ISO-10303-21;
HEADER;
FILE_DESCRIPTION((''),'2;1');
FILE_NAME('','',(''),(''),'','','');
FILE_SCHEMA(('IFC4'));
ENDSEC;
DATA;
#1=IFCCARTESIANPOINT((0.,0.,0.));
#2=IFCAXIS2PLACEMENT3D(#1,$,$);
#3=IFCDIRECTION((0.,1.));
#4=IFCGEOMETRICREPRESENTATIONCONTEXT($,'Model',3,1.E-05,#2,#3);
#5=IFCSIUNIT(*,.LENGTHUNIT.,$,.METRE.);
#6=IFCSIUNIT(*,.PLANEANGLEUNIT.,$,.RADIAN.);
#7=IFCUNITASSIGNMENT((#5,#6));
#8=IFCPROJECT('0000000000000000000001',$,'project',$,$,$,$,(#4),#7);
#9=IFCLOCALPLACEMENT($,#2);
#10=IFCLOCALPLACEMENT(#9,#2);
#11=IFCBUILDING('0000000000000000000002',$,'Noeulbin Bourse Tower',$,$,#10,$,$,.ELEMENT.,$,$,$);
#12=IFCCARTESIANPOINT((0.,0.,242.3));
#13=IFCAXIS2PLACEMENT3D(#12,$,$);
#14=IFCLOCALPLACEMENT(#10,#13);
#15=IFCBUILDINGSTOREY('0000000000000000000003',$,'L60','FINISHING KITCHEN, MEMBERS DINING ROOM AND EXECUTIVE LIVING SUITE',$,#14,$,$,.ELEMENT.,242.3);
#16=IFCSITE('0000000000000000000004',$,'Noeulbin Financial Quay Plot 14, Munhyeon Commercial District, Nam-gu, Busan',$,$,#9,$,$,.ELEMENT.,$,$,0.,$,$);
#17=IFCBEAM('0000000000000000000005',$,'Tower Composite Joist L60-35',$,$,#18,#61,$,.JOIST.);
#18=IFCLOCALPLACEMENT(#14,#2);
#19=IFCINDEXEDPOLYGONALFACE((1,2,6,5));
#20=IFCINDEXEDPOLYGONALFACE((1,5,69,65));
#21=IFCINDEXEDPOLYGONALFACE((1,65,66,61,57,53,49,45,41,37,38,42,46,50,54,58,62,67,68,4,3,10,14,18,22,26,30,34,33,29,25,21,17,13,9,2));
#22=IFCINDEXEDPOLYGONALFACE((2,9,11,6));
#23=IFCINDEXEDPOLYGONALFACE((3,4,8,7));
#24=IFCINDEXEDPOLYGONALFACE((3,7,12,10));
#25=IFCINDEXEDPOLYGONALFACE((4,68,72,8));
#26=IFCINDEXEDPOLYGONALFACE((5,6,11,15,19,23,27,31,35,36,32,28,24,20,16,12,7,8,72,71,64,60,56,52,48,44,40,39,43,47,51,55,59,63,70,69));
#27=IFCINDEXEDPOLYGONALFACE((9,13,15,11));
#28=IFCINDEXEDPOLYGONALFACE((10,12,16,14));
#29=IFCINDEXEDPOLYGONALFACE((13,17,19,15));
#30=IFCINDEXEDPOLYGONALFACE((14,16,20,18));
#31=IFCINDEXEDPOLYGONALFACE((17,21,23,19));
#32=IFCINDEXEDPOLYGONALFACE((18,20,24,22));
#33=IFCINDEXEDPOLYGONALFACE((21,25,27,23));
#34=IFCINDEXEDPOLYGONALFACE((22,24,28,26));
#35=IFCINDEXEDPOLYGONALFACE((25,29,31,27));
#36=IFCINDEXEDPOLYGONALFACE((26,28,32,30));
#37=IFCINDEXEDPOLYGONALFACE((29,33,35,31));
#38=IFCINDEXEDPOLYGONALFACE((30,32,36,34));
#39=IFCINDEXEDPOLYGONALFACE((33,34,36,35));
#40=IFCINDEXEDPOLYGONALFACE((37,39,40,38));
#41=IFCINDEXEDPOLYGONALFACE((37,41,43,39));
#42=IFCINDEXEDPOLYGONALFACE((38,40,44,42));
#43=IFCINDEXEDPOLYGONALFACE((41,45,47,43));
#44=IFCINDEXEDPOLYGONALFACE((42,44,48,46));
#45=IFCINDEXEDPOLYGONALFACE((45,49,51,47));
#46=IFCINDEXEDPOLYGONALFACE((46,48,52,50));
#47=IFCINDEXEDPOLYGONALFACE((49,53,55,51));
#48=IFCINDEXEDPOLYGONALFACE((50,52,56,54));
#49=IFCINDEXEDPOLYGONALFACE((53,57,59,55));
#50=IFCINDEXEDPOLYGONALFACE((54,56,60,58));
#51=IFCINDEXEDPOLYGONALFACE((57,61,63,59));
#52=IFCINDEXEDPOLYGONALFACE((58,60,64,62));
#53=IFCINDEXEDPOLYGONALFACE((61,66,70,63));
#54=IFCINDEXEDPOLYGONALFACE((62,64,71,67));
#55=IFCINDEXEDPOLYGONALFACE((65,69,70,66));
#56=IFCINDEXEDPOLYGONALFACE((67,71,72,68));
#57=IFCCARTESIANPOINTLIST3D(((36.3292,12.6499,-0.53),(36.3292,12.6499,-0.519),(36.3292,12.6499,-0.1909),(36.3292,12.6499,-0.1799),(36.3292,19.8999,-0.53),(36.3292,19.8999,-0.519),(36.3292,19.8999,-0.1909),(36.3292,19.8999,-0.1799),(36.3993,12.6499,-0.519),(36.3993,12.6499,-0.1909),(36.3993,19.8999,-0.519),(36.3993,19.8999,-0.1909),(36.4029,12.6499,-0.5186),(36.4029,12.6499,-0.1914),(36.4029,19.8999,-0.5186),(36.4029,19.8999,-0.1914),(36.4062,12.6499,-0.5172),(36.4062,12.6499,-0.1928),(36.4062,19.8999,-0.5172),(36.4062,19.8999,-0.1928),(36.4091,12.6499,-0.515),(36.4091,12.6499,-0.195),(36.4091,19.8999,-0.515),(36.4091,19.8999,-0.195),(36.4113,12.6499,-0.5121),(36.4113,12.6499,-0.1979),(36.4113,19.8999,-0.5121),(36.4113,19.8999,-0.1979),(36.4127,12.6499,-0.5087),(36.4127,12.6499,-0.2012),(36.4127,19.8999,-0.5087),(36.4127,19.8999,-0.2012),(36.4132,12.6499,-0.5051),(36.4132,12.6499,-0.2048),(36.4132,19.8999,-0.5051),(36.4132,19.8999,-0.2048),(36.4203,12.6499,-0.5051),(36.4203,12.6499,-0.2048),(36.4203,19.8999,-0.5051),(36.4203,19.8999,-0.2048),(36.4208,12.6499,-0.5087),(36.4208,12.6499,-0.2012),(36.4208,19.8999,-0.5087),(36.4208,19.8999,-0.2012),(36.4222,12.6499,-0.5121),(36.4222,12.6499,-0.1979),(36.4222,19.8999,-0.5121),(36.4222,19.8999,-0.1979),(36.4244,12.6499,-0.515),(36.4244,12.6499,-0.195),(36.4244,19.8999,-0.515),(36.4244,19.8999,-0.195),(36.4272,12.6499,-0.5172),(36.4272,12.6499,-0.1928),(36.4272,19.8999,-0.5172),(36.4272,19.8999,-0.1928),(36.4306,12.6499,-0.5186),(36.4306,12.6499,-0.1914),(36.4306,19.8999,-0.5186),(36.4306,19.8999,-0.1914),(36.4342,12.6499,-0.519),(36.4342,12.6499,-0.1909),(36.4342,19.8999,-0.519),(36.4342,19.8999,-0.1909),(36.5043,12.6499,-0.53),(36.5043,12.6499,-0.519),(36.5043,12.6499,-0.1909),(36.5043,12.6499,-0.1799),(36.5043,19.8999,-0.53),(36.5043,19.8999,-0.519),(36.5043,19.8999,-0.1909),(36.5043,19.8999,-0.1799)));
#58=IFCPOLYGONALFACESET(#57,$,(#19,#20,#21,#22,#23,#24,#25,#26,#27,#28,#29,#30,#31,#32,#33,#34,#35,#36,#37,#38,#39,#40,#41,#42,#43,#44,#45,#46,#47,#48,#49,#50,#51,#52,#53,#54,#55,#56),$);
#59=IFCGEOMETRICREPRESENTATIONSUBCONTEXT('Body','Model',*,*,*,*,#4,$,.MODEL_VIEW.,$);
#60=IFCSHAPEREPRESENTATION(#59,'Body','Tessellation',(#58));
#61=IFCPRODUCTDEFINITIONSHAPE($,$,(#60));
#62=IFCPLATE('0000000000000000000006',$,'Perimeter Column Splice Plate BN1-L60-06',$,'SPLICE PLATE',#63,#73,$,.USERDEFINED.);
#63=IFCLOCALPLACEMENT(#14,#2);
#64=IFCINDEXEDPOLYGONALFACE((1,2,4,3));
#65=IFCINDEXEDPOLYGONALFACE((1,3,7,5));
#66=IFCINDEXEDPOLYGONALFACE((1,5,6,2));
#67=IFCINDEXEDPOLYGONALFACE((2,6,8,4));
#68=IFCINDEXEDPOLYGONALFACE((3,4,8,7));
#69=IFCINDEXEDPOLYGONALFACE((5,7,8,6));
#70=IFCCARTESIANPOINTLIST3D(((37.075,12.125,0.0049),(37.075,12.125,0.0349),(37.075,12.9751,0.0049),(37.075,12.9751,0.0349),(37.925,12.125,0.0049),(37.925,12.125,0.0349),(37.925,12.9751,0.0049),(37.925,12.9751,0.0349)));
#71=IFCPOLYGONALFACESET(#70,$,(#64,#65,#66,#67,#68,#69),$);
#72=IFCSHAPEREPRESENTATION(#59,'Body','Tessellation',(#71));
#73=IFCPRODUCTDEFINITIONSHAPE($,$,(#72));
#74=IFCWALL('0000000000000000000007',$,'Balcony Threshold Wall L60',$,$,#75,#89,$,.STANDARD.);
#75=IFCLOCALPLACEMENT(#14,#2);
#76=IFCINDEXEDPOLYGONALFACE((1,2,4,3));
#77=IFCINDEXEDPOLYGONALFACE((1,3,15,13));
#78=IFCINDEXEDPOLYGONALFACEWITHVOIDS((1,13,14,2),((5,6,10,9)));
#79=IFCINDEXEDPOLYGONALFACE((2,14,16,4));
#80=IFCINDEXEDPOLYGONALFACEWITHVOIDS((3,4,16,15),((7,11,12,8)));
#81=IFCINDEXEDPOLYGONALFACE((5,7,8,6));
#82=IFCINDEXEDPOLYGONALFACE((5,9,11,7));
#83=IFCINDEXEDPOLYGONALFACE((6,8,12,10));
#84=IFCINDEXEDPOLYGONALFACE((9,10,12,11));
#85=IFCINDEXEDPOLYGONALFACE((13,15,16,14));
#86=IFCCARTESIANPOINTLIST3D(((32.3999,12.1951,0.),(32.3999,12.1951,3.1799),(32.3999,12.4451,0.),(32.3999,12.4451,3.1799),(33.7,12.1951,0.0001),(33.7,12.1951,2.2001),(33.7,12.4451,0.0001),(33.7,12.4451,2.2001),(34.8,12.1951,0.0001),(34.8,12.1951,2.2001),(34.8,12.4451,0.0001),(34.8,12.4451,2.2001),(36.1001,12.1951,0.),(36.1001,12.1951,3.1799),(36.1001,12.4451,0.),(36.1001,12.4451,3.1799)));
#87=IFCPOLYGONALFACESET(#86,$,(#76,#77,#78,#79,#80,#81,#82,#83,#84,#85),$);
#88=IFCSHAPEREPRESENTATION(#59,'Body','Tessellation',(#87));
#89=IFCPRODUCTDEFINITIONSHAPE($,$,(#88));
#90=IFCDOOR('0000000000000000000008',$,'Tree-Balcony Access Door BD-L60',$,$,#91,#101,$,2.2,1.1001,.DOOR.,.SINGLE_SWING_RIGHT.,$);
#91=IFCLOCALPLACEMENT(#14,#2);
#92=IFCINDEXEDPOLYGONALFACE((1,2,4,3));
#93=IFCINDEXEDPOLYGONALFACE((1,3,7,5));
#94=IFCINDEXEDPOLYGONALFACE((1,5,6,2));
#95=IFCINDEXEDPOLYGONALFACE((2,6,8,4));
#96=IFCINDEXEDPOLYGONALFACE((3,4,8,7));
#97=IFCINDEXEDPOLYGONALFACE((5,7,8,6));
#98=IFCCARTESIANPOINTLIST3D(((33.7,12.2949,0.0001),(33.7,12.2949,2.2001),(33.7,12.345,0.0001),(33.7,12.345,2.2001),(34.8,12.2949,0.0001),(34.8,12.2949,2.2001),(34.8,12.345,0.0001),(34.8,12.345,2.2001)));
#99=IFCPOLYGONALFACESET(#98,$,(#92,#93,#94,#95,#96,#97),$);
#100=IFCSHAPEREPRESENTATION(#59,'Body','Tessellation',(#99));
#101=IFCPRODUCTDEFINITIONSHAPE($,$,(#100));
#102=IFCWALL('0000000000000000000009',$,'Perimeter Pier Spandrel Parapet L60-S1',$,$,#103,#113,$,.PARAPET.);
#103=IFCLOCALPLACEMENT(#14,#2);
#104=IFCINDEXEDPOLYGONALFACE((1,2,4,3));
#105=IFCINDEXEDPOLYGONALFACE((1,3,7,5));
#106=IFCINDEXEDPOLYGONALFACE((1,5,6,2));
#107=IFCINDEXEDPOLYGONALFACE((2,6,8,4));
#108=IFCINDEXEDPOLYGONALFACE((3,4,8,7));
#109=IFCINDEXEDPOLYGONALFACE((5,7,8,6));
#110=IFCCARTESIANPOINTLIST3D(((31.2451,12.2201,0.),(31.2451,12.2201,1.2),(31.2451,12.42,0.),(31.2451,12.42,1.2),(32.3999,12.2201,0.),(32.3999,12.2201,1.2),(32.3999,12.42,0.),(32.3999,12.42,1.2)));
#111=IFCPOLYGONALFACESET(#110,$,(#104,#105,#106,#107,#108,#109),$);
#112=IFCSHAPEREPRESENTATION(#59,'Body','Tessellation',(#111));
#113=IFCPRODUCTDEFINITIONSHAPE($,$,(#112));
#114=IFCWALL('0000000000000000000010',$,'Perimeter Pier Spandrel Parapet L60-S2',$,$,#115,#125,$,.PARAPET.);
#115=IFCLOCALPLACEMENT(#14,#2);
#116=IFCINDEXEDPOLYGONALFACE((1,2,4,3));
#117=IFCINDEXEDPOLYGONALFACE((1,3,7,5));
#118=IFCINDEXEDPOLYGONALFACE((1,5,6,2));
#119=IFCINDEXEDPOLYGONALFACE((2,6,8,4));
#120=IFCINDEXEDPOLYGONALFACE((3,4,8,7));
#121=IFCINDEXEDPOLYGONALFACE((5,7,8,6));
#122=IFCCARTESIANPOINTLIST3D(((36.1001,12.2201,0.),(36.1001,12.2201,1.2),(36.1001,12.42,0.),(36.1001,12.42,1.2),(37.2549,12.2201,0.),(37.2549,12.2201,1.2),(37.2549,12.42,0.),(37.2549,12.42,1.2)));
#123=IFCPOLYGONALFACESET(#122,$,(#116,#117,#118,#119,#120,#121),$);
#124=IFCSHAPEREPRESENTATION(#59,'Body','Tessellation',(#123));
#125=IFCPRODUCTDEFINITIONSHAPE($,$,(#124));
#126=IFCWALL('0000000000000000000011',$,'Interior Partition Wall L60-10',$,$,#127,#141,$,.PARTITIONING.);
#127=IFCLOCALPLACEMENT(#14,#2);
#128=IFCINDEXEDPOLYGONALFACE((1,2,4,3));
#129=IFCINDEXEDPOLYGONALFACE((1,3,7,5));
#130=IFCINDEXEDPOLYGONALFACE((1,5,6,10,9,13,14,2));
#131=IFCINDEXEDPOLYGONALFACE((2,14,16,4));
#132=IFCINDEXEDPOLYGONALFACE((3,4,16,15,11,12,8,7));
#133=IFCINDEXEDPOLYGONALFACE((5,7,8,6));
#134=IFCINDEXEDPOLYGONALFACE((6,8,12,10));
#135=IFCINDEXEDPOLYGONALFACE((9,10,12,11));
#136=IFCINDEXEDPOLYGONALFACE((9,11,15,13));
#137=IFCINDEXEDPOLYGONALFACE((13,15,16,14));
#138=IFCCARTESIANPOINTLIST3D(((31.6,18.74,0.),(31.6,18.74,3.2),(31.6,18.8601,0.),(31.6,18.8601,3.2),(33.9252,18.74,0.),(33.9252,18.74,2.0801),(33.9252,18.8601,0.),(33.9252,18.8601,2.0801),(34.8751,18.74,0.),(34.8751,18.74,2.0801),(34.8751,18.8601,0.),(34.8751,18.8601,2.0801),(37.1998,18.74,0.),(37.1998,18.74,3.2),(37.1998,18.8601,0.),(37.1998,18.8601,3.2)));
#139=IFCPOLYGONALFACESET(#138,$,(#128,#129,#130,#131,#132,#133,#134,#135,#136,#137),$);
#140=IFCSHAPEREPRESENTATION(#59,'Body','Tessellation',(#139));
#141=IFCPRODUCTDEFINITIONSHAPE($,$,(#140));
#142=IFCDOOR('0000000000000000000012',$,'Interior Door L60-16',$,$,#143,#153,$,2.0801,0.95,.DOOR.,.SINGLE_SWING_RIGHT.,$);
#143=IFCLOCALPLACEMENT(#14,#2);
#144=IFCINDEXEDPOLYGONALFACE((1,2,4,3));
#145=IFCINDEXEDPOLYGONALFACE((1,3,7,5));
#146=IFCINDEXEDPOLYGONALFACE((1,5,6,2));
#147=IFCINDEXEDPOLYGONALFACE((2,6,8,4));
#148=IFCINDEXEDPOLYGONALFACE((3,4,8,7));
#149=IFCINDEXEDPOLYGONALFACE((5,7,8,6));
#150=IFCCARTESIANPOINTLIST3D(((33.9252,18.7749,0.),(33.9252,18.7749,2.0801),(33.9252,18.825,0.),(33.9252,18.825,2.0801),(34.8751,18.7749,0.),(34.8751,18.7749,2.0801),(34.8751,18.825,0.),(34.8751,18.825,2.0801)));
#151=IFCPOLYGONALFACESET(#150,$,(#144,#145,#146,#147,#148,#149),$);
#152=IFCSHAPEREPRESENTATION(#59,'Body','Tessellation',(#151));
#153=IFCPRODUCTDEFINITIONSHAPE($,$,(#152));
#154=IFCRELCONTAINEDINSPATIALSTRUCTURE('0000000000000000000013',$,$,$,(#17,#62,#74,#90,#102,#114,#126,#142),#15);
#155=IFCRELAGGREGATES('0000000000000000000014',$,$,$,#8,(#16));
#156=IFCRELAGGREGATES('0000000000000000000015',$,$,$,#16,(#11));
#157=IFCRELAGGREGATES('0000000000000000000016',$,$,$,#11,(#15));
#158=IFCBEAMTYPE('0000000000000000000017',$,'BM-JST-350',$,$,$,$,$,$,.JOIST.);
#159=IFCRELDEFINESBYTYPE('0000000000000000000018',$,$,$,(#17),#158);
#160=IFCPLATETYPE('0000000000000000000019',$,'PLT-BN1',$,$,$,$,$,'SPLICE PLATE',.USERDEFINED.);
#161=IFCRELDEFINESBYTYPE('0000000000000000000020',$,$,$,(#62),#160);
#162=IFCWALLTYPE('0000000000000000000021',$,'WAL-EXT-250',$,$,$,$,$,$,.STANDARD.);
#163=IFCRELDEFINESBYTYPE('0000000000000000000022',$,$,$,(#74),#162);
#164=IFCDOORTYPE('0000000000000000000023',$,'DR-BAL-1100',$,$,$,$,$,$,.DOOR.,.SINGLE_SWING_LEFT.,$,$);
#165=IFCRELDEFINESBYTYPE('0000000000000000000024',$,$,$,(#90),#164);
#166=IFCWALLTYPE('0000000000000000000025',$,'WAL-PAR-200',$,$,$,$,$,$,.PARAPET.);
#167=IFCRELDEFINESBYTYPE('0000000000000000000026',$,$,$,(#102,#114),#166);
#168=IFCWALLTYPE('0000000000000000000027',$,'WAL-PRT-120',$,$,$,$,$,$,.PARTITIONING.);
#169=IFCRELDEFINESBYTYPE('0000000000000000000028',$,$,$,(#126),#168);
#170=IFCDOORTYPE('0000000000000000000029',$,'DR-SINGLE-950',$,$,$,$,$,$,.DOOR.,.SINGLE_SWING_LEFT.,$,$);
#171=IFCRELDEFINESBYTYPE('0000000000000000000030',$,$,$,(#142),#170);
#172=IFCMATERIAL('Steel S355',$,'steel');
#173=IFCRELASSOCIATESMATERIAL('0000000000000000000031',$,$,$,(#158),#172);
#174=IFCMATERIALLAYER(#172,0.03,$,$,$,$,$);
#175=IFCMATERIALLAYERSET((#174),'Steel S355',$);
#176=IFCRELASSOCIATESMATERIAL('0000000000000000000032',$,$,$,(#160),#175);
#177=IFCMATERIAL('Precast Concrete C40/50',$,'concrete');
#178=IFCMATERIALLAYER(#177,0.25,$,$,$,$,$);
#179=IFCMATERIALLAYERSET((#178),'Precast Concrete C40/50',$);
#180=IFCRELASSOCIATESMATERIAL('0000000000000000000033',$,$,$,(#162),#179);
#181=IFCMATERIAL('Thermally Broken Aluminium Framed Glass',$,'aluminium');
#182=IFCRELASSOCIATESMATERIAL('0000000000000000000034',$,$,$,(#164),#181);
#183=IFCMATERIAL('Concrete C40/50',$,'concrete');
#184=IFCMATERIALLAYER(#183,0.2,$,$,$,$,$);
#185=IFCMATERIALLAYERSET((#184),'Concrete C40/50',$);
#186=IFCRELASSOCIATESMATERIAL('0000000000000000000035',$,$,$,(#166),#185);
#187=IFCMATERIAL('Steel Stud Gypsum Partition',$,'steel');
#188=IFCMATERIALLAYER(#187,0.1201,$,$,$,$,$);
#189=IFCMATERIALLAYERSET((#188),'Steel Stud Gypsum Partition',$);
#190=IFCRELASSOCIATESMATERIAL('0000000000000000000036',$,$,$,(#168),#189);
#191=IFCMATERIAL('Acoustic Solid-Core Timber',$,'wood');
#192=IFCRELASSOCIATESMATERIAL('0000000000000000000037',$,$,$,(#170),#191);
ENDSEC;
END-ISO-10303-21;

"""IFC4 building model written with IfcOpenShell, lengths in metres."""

from ifc_helpers import new_model, si_unit, direction, frame, frame_2d, origin, origin_2d, place, context, subcontext, project, spatial, rectangle, i_section, extrude, material, layer, layer_set, material_profile, profile_set, type_object, element, fill, save


model = new_model("IFC4")

# Units and contexts
model_context = context("Model", 3, precision=1e-05, world=origin(), true_north=direction((0.0, 1.0)))
body_context = subcontext(model_context, "Body", "Model", "MODEL_VIEW")
ifc_project = project(units=[si_unit("LENGTHUNIT", "METRE"), si_unit("PLANEANGLEUNIT", "RADIAN")], contexts=[model_context])

# Site, building, storey
site_placement = place(None, origin())
site = spatial("IfcSite", under=ifc_project, at=site_placement, Name="Noeulbin Financial Quay Plot 14, Munhyeon Commercial District, Nam-gu, Busan", CompositionType="ELEMENT", RefElevation=0.0)
building_placement = place(site_placement, origin())
building = spatial("IfcBuilding", under=site, at=building_placement, Name="Noeulbin Bourse Tower", CompositionType="ELEMENT")
storey_placement = place(building_placement, frame((0.0, 0.0, 242.3)))
storey = spatial("IfcBuildingStorey", under=building, at=storey_placement, Name="L60", Description="FINISHING KITCHEN, MEMBERS DINING ROOM AND EXECUTIVE LIVING SUITE", CompositionType="ELEMENT", Elevation=242.3)

# Shared definitions
ifc_material_1 = material(Name="Steel S355", Category="steel")

# Beam
ifc_material_profile_1 = material_profile(ifc_material_1, i_section(OverallWidth=0.175, OverallDepth=0.3501, WebThickness=0.0071, FlangeThickness=0.011, FilletRadius=0.0139, at=origin_2d()), Name="H-350x175x7x11", Category="LoadBearing")
ifc_profile_set_1 = profile_set([ifc_material_profile_1], Name="Steel S355")
beam_type_1 = type_object("IfcBeamType", Name="BM-JST-350", PredefinedType="JOIST", material=ifc_profile_set_1)
for number, where, z_axis, x_axis, name in (
    (1, (36.4167, 12.6499, -0.355), (0.0, 1.0, 0.0), (-1.0, 0.0, 0.0), "Tower Composite Joist L60-35"),
):
    element("IfcBeam", number, at=place(storey_placement, frame(where, z_axis=z_axis, x_axis=x_axis)), inside=storey, type_object=beam_type_1, Name=name, PredefinedType="JOIST", context=body_context, shape_type="SweptSolid", body=[
        extrude(i_section(OverallWidth=0.175, OverallDepth=0.3501, WebThickness=0.0071, FlangeThickness=0.011, FilletRadius=0.0139, at=origin_2d()), origin(), (0.0, 0.0, 1.0), 7.25),
    ])

# Plate
ifc_layer_1 = layer(ifc_material_1, 0.03)
ifc_layer_set_1 = layer_set([ifc_layer_1], Name="Steel S355")
plate_type = type_object("IfcPlateType", Name="PLT-BN1", ElementType="SPLICE PLATE", PredefinedType="USERDEFINED", material=ifc_layer_set_1)
plate_placement = place(storey_placement, frame((37.5, 12.55, 0.0049), z_axis=(0.0, 0.0, 1.0), x_axis=(1.0, 0.0, 0.0)))
element("IfcPlate", 2, at=plate_placement, inside=storey, type_object=plate_type, Name="Perimeter Column Splice Plate BN1-L60-06", ObjectType="SPLICE PLATE", PredefinedType="USERDEFINED", context=body_context, shape_type="SweptSolid", body=[
    extrude(rectangle(XDim=0.8501, YDim=0.8501, at=origin_2d()), origin(), (0.0, 0.0, 1.0), 0.03),
])

# Wall, opening, door
ifc_material_2 = material(Name="Precast Concrete C40/50", Category="concrete")
ifc_layer_2 = layer(ifc_material_2, 0.25)
ifc_layer_set_2 = layer_set([ifc_layer_2], Name="Precast Concrete C40/50")
wall_type_1 = type_object("IfcWallType", Name="WAL-EXT-250", PredefinedType="STANDARD", material=ifc_layer_set_2)
wall_1_placement = place(storey_placement, frame((32.3999, 12.3201, 0.0), z_axis=(0.0, 0.0, 1.0), x_axis=(1.0, 0.0, 0.0)))
wall_1 = element("IfcWall", 3, at=wall_1_placement, inside=storey, type_object=wall_type_1, Name="Balcony Threshold Wall L60", PredefinedType="STANDARD", context=body_context, shape_type="SweptSolid", body=[
    extrude(rectangle(XDim=3.7002, YDim=0.25, at=frame_2d((1.8501, 0.0))), origin(), (0.0, 0.0, 1.0), 3.1799),
])
opening_1_placement = place(wall_1_placement, frame((1.3, 0.0, 0.0)))
opening_1 = element("IfcOpeningElement", 4, at=opening_1_placement, cuts=wall_1, PredefinedType="OPENING", context=body_context, shape_type="SweptSolid", body=[
    extrude(rectangle(XDim=1.1001, YDim=2.2, at=frame_2d((0.55, 1.1001))), frame((0.0, 0.135, 0.0), z_axis=(0.0, -1.0, 0.0), x_axis=(1.0, 0.0, 0.0)), (0.0, 0.0, 1.0), 0.27),
])
ifc_material_3 = material(Name="Thermally Broken Aluminium Framed Glass", Category="aluminium")
door_type_1 = type_object("IfcDoorType", Name="DR-BAL-1100", OperationType="SINGLE_SWING_LEFT", PredefinedType="DOOR", material=ifc_material_3)
door_1_placement = place(opening_1_placement, origin())
door_1 = element("IfcDoor", 5, at=door_1_placement, inside=storey, type_object=door_type_1, Name="Tree-Balcony Access Door BD-L60", OperationType="SINGLE_SWING_RIGHT", OverallHeight=2.2, OverallWidth=1.1001, PredefinedType="DOOR", context=body_context, shape_type="SweptSolid", body=[
    extrude(rectangle(XDim=1.1001, YDim=2.2, at=frame_2d((0.55, 1.1001))), frame((0.0, 0.0249, 0.0), z_axis=(0.0, -1.0, 0.0), x_axis=(1.0, 0.0, 0.0)), (0.0, 0.0, 1.0), 0.05),
])
fill(opening_1, door_1)

# Walls
ifc_material_4 = material(Name="Concrete C40/50", Category="concrete")
ifc_layer_3 = layer(ifc_material_4, 0.2)
ifc_layer_set_3 = layer_set([ifc_layer_3], Name="Concrete C40/50")
wall_type_2 = type_object("IfcWallType", Name="WAL-PAR-200", PredefinedType="PARAPET", material=ifc_layer_set_3)
for number, where, z_axis, x_axis, name in (
    (6, (31.2451, 12.3201, 0.0), (0.0, 0.0, 1.0), (1.0, 0.0, 0.0), "Perimeter Pier Spandrel Parapet L60-S1"),
    (7, (36.1001, 12.3201, 0.0), (0.0, 0.0, 1.0), (1.0, 0.0, 0.0), "Perimeter Pier Spandrel Parapet L60-S2"),
):
    element("IfcWall", number, at=place(storey_placement, frame(where, z_axis=z_axis, x_axis=x_axis)), inside=storey, type_object=wall_type_2, Name=name, PredefinedType="PARAPET", context=body_context, shape_type="SweptSolid", body=[
        extrude(rectangle(XDim=1.1548, YDim=0.2, at=frame_2d((0.5774, 0.0))), origin(), (0.0, 0.0, 1.0), 1.2),
    ])

# Wall, opening, door
ifc_material_5 = material(Name="Steel Stud Gypsum Partition", Category="steel")
ifc_layer_4 = layer(ifc_material_5, 0.1201)
ifc_layer_set_4 = layer_set([ifc_layer_4], Name="Steel Stud Gypsum Partition")
wall_type_3 = type_object("IfcWallType", Name="WAL-PRT-120", PredefinedType="PARTITIONING", material=ifc_layer_set_4)
wall_2_placement = place(storey_placement, frame((31.6001, 18.8, 0.0), z_axis=(0.0, 0.0, 1.0), x_axis=(1.0, 0.0, 0.0)))
wall_2 = element("IfcWall", 8, at=wall_2_placement, inside=storey, type_object=wall_type_3, Name="Interior Partition Wall L60-10", PredefinedType="PARTITIONING", context=body_context, shape_type="SweptSolid", body=[
    extrude(rectangle(XDim=5.5999, YDim=0.1201, at=frame_2d((2.7998, 0.0))), origin(), (0.0, 0.0, 1.0), 3.2),
])
opening_2_placement = place(wall_2_placement, frame((2.325, 0.0, 0.0)))
opening_2 = element("IfcOpeningElement", 9, at=opening_2_placement, cuts=wall_2, PredefinedType="OPENING", context=body_context, shape_type="SweptSolid", body=[
    extrude(rectangle(XDim=0.95, YDim=2.0801, at=frame_2d((0.4751, 1.04))), frame((0.0, 0.0701, 0.0), z_axis=(0.0, -1.0, 0.0), x_axis=(1.0, 0.0, 0.0)), (0.0, 0.0, 1.0), 0.1401),
])
ifc_material_6 = material(Name="Acoustic Solid-Core Timber", Category="wood")
door_type_2 = type_object("IfcDoorType", Name="DR-SINGLE-950", OperationType="SINGLE_SWING_LEFT", PredefinedType="DOOR", material=ifc_material_6)
door_2_placement = place(opening_2_placement, origin())
door_2 = element("IfcDoor", 10, at=door_2_placement, inside=storey, type_object=door_type_2, Name="Interior Door L60-16", OperationType="SINGLE_SWING_RIGHT", OverallHeight=2.0801, OverallWidth=0.95, PredefinedType="DOOR", context=body_context, shape_type="SweptSolid", body=[
    extrude(rectangle(XDim=0.95, YDim=2.0801, at=frame_2d((0.4751, 1.04))), frame((0.0, 0.0249, 0.0), z_axis=(0.0, -1.0, 0.0), x_axis=(1.0, 0.0, 0.0)), (0.0, 0.0, 1.0), 0.05),
])
fill(opening_2, door_2)

save(model, "model.ifc")
